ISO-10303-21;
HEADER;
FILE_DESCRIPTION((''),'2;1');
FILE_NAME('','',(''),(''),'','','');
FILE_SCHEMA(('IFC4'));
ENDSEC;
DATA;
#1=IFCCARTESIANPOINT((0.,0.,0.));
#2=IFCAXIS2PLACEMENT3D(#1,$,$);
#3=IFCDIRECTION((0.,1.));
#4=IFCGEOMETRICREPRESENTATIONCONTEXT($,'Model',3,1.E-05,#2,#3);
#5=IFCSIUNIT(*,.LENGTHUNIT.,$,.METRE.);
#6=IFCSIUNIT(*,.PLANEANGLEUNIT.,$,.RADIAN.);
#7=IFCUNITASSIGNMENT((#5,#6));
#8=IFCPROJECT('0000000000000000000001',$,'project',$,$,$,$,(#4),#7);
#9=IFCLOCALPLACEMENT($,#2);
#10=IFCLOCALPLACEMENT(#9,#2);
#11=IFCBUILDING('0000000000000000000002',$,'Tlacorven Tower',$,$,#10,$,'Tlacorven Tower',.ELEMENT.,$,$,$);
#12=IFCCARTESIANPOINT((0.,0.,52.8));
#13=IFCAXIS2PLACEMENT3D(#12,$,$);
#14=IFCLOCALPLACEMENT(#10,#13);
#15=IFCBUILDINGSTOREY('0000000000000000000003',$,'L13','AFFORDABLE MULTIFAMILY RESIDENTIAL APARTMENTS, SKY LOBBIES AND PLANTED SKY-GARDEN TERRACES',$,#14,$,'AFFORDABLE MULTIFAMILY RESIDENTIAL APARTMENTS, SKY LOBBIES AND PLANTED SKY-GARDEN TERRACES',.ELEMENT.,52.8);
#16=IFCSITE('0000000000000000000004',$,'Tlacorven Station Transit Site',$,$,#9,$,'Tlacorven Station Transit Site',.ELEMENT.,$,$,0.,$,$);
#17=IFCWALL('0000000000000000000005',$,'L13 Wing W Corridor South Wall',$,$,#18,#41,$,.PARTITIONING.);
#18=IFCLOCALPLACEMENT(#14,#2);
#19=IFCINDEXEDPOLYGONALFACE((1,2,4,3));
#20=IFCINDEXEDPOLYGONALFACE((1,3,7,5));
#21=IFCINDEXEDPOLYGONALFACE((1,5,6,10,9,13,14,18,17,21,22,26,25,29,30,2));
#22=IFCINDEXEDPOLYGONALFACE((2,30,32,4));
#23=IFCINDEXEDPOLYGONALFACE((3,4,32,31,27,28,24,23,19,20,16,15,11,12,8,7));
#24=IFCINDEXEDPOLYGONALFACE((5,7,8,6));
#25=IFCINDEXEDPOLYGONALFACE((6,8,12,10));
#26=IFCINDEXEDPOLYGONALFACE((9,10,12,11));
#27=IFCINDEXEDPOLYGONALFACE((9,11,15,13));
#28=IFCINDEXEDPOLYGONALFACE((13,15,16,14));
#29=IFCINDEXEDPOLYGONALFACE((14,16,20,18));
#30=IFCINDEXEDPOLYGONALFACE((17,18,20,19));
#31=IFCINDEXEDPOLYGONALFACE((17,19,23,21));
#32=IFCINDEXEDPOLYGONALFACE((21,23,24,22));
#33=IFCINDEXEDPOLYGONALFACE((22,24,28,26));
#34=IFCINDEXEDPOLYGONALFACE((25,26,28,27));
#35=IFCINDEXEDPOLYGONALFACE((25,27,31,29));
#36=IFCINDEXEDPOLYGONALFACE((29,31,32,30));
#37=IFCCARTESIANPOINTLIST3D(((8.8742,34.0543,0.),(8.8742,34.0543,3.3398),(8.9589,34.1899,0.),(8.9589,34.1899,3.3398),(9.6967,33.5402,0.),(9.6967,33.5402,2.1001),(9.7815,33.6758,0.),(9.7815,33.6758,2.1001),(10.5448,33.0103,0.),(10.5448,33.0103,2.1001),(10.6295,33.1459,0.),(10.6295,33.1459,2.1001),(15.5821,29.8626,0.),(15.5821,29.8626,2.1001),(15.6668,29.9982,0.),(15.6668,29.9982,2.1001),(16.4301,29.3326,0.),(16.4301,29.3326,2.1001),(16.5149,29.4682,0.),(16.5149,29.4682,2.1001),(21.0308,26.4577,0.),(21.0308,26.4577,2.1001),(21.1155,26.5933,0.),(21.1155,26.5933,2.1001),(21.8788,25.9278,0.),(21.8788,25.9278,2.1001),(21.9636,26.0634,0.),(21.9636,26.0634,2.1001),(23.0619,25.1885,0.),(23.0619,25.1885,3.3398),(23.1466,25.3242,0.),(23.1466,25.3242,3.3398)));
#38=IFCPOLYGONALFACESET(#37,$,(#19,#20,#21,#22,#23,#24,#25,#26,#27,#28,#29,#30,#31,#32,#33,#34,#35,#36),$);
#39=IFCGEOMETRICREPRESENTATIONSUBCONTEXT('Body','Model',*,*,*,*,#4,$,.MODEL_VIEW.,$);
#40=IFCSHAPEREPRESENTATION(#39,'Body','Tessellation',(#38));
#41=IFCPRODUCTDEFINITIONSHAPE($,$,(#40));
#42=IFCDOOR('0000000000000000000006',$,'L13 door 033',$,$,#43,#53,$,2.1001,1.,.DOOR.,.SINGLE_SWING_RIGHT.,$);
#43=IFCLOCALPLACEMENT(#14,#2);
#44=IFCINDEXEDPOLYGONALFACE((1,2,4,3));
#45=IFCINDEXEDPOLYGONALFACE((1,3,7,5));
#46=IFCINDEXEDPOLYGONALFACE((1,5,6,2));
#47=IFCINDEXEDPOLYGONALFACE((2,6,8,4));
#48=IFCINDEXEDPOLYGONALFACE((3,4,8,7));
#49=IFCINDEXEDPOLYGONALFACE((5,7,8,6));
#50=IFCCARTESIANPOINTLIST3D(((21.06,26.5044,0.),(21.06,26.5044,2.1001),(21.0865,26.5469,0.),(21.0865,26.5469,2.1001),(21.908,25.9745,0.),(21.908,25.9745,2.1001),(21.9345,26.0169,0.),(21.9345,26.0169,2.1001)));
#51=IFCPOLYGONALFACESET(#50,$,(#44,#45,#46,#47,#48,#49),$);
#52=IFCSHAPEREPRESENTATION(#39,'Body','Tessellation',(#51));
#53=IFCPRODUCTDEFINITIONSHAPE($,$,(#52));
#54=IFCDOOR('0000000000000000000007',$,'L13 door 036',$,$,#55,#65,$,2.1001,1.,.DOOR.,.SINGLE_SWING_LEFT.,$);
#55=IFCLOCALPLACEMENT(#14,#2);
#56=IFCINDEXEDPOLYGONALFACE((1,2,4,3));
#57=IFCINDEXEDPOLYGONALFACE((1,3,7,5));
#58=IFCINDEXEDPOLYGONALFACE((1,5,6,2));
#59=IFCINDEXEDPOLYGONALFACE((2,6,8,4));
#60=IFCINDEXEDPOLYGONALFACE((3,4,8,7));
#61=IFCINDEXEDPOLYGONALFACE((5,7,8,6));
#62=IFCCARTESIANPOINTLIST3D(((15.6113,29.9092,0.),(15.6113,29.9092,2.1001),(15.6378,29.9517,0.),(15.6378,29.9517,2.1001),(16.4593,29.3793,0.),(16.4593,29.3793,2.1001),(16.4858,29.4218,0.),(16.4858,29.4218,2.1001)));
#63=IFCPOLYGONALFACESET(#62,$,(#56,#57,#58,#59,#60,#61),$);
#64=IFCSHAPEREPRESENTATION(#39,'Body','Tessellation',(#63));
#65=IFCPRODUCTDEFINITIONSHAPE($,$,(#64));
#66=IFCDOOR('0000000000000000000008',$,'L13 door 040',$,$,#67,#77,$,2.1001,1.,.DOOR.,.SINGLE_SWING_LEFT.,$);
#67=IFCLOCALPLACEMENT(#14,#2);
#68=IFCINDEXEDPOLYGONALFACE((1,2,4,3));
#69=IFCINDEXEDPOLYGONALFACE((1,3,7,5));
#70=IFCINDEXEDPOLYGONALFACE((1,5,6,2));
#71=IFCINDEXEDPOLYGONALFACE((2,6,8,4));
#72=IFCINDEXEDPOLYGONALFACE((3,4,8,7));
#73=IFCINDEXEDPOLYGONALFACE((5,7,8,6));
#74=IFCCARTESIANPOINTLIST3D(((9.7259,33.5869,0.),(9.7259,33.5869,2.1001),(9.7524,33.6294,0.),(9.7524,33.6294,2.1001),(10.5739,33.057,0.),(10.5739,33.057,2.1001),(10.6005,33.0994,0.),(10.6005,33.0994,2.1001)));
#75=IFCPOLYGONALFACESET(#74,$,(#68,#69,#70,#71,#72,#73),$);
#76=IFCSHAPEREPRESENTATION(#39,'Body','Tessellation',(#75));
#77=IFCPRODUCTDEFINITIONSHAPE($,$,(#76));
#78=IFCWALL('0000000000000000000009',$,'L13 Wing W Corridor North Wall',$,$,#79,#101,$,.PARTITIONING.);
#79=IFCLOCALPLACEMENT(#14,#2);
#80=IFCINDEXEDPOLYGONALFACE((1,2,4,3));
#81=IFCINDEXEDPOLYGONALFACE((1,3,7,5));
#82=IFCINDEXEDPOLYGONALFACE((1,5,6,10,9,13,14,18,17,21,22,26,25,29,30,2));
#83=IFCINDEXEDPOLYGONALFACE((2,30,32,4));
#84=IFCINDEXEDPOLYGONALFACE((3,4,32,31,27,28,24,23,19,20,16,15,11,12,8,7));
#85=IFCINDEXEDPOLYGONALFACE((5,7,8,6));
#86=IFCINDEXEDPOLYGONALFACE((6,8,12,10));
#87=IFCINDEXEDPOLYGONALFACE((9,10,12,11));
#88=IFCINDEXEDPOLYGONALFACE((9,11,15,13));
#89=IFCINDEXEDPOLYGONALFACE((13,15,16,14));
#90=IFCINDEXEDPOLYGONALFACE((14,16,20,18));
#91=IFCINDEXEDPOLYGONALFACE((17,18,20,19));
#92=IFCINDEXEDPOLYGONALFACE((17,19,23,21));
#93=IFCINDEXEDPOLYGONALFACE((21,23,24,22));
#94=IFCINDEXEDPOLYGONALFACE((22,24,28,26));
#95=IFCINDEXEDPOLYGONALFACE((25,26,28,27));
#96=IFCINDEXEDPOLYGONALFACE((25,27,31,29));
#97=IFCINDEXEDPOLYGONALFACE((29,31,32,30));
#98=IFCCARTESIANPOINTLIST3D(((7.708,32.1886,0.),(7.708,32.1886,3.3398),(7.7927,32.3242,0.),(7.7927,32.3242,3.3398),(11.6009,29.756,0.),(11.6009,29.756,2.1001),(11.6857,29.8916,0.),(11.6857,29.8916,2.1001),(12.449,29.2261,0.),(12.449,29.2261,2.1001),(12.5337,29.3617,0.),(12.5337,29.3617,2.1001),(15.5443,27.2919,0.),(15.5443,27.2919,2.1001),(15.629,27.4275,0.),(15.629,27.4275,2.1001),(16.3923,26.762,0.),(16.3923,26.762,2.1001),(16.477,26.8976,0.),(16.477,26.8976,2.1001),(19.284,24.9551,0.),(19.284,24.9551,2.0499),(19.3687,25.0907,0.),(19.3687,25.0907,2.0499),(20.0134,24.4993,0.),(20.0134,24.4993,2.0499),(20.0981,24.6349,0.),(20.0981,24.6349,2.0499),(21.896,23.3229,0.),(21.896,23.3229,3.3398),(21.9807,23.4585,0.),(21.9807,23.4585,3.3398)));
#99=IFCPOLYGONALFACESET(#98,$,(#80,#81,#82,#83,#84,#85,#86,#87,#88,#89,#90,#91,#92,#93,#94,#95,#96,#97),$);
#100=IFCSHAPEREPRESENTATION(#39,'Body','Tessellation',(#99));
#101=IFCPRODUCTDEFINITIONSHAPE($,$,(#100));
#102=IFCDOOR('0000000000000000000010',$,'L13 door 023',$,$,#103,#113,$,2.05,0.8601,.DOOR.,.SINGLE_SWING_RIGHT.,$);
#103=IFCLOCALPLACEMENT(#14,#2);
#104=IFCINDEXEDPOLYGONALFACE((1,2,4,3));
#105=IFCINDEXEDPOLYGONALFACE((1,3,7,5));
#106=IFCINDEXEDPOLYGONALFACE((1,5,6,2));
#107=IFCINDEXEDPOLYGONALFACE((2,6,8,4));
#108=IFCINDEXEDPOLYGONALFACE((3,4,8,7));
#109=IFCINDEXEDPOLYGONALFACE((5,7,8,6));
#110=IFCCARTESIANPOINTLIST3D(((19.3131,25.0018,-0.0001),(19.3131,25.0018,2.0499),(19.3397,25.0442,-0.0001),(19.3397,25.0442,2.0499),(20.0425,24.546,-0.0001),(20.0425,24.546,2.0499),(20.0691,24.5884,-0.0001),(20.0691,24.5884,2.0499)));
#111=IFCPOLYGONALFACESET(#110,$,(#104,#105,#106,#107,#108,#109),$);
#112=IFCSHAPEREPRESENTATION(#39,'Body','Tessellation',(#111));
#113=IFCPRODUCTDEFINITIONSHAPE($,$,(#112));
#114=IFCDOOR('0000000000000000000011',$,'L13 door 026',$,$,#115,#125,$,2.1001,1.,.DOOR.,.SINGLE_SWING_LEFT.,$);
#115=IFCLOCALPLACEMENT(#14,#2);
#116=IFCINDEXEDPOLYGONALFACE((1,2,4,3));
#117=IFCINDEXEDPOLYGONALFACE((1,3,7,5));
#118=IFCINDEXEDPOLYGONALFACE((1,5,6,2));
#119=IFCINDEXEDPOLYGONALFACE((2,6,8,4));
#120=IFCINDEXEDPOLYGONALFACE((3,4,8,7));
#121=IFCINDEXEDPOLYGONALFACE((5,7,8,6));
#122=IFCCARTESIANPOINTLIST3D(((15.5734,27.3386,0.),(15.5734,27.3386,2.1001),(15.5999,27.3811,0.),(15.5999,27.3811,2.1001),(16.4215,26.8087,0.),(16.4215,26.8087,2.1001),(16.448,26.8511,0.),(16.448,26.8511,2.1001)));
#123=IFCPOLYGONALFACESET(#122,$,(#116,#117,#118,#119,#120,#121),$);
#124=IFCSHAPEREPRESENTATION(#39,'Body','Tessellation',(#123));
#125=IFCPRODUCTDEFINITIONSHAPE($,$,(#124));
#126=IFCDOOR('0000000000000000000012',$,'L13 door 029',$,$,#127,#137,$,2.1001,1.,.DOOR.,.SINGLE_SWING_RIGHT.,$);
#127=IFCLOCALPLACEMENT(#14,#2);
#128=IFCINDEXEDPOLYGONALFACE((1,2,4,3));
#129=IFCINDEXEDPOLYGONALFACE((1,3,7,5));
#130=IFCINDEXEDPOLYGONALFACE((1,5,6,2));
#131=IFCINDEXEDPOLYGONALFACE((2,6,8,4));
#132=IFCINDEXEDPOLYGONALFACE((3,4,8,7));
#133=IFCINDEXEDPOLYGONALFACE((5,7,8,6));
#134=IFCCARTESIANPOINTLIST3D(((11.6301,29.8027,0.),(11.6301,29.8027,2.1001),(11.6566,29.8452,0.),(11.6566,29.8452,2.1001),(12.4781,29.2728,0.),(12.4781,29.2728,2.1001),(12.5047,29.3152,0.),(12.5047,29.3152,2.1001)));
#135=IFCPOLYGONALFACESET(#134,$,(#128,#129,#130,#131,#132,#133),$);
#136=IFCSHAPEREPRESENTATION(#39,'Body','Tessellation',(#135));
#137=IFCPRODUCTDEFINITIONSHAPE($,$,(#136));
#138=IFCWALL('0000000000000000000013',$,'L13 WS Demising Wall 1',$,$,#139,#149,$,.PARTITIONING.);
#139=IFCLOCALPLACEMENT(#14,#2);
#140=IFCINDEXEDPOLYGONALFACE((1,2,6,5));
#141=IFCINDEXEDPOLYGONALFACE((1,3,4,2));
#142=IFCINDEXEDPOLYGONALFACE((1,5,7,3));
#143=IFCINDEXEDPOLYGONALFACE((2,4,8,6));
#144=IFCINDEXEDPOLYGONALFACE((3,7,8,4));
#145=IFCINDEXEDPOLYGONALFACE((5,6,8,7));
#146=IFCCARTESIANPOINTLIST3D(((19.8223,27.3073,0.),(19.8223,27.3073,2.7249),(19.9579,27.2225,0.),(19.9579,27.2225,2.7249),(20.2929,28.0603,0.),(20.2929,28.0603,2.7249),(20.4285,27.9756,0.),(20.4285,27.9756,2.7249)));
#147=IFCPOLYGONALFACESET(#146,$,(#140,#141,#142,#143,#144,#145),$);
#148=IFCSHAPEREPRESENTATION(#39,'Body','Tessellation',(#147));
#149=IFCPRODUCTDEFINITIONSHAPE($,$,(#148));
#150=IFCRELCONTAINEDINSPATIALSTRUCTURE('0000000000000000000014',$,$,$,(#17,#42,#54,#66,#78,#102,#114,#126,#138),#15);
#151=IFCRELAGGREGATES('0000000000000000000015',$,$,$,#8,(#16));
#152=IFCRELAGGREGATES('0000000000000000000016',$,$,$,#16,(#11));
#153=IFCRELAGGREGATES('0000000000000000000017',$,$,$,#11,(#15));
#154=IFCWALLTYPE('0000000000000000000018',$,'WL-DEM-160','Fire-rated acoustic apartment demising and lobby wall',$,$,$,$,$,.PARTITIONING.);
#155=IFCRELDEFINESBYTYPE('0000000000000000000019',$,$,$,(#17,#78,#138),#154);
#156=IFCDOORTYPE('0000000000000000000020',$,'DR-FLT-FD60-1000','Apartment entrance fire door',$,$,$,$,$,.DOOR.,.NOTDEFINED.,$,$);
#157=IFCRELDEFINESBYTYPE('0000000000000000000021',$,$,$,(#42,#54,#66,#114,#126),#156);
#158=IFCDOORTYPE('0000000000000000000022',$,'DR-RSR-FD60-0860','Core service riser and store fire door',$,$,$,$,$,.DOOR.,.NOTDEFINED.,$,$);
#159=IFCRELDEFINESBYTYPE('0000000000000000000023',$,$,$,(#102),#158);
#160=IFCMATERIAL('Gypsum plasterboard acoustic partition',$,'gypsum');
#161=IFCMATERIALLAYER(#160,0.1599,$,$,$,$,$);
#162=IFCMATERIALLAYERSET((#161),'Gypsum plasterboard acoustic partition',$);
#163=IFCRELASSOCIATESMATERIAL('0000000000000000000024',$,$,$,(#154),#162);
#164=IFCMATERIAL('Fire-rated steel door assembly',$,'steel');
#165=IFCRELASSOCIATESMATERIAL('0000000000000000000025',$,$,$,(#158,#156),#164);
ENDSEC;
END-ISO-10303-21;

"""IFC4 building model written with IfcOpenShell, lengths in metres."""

from ifc_helpers import new_model, si_unit, direction, frame, frame_2d, origin, place, context, subcontext, project, spatial, rectangle, extrude, source, transform, mapped, material, layer, layer_set, type_object, element, fill, save


model = new_model("IFC4")

# Units and contexts
model_context = context("Model", 3, precision=1e-05, world=origin(), true_north=direction((0.0, 1.0)))
body_context = subcontext(model_context, "Body", "Model", "MODEL_VIEW")
ifc_project = project(units=[si_unit("LENGTHUNIT", "METRE"), si_unit("PLANEANGLEUNIT", "RADIAN")], contexts=[model_context])

# Site, building, storey
site_placement = place(None, origin())
site = spatial("IfcSite", under=ifc_project, at=site_placement, Name="Tlacorven Station Transit Site", LongName="Tlacorven Station Transit Site", CompositionType="ELEMENT", RefElevation=0.0)
building_placement = place(site_placement, origin())
building = spatial("IfcBuilding", under=site, at=building_placement, Name="Tlacorven Tower", LongName="Tlacorven Tower", CompositionType="ELEMENT")
storey_placement = place(building_placement, frame((0.0, 0.0, 52.8)))
storey = spatial("IfcBuildingStorey", under=building, at=storey_placement, Name="L13", Description="AFFORDABLE MULTIFAMILY RESIDENTIAL APARTMENTS, SKY LOBBIES AND PLANTED SKY-GARDEN TERRACES", LongName="AFFORDABLE MULTIFAMILY RESIDENTIAL APARTMENTS, SKY LOBBIES AND PLANTED SKY-GARDEN TERRACES", CompositionType="ELEMENT", Elevation=52.8)

# Shared definitions
ifc_material_1 = material(Name="Gypsum plasterboard acoustic partition", Category="gypsum")
ifc_layer_1 = layer(ifc_material_1, 0.1599)
ifc_layer_set_1 = layer_set([ifc_layer_1], Name="Gypsum plasterboard acoustic partition")
wall_type_1 = type_object("IfcWallType", Name="WL-DEM-160", Description="Fire-rated acoustic apartment demising and lobby wall", PredefinedType="PARTITIONING", material=ifc_layer_set_1)
ifc_material_2 = material(Name="Fire-rated steel door assembly", Category="steel")
door_type_1 = type_object("IfcDoorType", Name="DR-RSR-FD60-0860", Description="Core service riser and store fire door", OperationType="NOTDEFINED", PredefinedType="DOOR", material=ifc_material_2)
shared_shape_1 = source(origin(), body_context, "Body", "SweptSolid", [
    extrude(rectangle(XDim=0.8601, YDim=2.05, at=frame_2d((0.4302, 1.0249))), frame((0.0, 0.0249, 0.0), z_axis=(0.0, -1.0, 0.0), x_axis=(1.0, 0.0, 0.0)), (0.0, 0.0, 1.0), 0.05),
])

# Walls, openings, doors
wall_1_placement = place(storey_placement, frame((23.1042, 25.2563, 0.0), z_axis=(0.0, 0.0, 1.0), x_axis=(-0.848042, 0.529929, 0.0)))
wall_1 = element("IfcWall", 1, at=wall_1_placement, inside=storey, type_object=wall_type_1, Name="L13 Wing W Corridor South Wall", PredefinedType="PARTITIONING", context=body_context, shape_type="SweptSolid", body=[
    extrude(rectangle(XDim=16.73, YDim=0.1599, at=frame_2d((8.365, 0.0))), origin(), (0.0, 0.0, 1.0), 3.3398),
])
opening_1_placement = place(wall_1_placement, frame((1.395, 0.0, 0.0)))
opening_1 = element("IfcOpeningElement", 2, at=opening_1_placement, cuts=wall_1, PredefinedType="OPENING", context=body_context, shape_type="SweptSolid", body=[
    extrude(rectangle(XDim=1.0, YDim=2.1001, at=frame_2d((0.5, 1.05))), frame((0.0, 0.0898, 0.0), z_axis=(0.0, -1.0, 0.0), x_axis=(1.0, 0.0, 0.0)), (0.0, 0.0, 1.0), 0.1799),
])
opening_2_placement = place(wall_1_placement, frame((7.8201, 0.0, 0.0)))
opening_2 = element("IfcOpeningElement", 3, at=opening_2_placement, cuts=wall_1, PredefinedType="OPENING", context=body_context, shape_type="SweptSolid", body=[
    extrude(rectangle(XDim=1.0, YDim=2.1001, at=frame_2d((0.5, 1.05))), frame((0.0, 0.0898, 0.0), z_axis=(0.0, -1.0, 0.0), x_axis=(1.0, 0.0, 0.0)), (0.0, 0.0, 1.0), 0.1799),
])
opening_3_placement = place(wall_1_placement, frame((14.76, 0.0, 0.0)))
opening_3 = element("IfcOpeningElement", 4, at=opening_3_placement, cuts=wall_1, PredefinedType="OPENING", context=body_context, shape_type="SweptSolid", body=[
    extrude(rectangle(XDim=1.0, YDim=2.1001, at=frame_2d((0.5, 1.05))), frame((0.0, 0.0898, 0.0), z_axis=(0.0, -1.0, 0.0), x_axis=(1.0, 0.0, 0.0)), (0.0, 0.0, 1.0), 0.1799),
])
door_type_2 = type_object("IfcDoorType", Name="DR-FLT-FD60-1000", Description="Apartment entrance fire door", OperationType="NOTDEFINED", PredefinedType="DOOR", material=ifc_material_2)
shared_shape_2 = source(origin(), body_context, "Body", "SweptSolid", [
    extrude(rectangle(XDim=1.0, YDim=2.1001, at=frame_2d((0.5, 1.05))), frame((0.0, 0.0249, 0.0), z_axis=(0.0, -1.0, 0.0), x_axis=(1.0, 0.0, 0.0)), (0.0, 0.0, 1.0), 0.05),
])
door_1_placement = place(opening_1_placement, origin())
door_1 = element("IfcDoor", 5, at=door_1_placement, inside=storey, type_object=door_type_2, Name="L13 door 033", OperationType="SINGLE_SWING_RIGHT", OverallHeight=2.1001, OverallWidth=1.0, PredefinedType="DOOR", context=body_context, shape_type="MappedRepresentation", body=[
    mapped(shared_shape_2, transform((0.0, 0.0, 0.0), scale=1.0)),
])
fill(opening_1, door_1)
door_2_placement = place(opening_2_placement, origin())
door_2 = element("IfcDoor", 6, at=door_2_placement, inside=storey, type_object=door_type_2, Name="L13 door 036", OperationType="SINGLE_SWING_LEFT", OverallHeight=2.1001, OverallWidth=1.0, PredefinedType="DOOR", context=body_context, shape_type="MappedRepresentation", body=[
    mapped(shared_shape_2, transform((0.0, 0.0, 0.0), scale=1.0)),
])
fill(opening_2, door_2)
door_3_placement = place(opening_3_placement, origin())
door_3 = element("IfcDoor", 7, at=door_3_placement, inside=storey, type_object=door_type_2, Name="L13 door 040", OperationType="SINGLE_SWING_LEFT", OverallHeight=2.1001, OverallWidth=1.0, PredefinedType="DOOR", context=body_context, shape_type="MappedRepresentation", body=[
    mapped(shared_shape_2, transform((0.0, 0.0, 0.0), scale=1.0)),
])
fill(opening_3, door_3)
wall_2_placement = place(storey_placement, frame((21.9385, 23.3906, 0.0), z_axis=(0.0, 0.0, 1.0), x_axis=(-0.848046, 0.529923, 0.0)))
wall_2 = element("IfcWall", 8, at=wall_2_placement, inside=storey, type_object=wall_type_1, Name="L13 Wing W Corridor North Wall", PredefinedType="PARTITIONING", context=body_context, shape_type="SweptSolid", body=[
    extrude(rectangle(XDim=16.7302, YDim=0.1599, at=frame_2d((8.3652, 0.0))), origin(), (0.0, 0.0, 1.0), 3.3398),
])
opening_4_placement = place(wall_2_placement, frame((2.22, 0.0, 0.0)))
opening_4 = element("IfcOpeningElement", 9, at=opening_4_placement, cuts=wall_2, PredefinedType="OPENING", context=body_context, shape_type="SweptSolid", body=[
    extrude(rectangle(XDim=0.8601, YDim=2.05, at=frame_2d((0.4302, 1.0249))), frame((0.0, 0.0898, 0.0), z_axis=(0.0, -1.0, 0.0), x_axis=(1.0, 0.0, 0.0)), (0.0, 0.0, 1.0), 0.1799),
])
opening_5_placement = place(wall_2_placement, frame((6.49, 0.0, 0.0)))
opening_5 = element("IfcOpeningElement", 10, at=opening_5_placement, cuts=wall_2, PredefinedType="OPENING", context=body_context, shape_type="SweptSolid", body=[
    extrude(rectangle(XDim=1.0, YDim=2.1001, at=frame_2d((0.5, 1.05))), frame((0.0, 0.0898, 0.0), z_axis=(0.0, -1.0, 0.0), x_axis=(1.0, 0.0, 0.0)), (0.0, 0.0, 1.0), 0.1799),
])
opening_6_placement = place(wall_2_placement, frame((11.1399, 0.0, 0.0)))
opening_6 = element("IfcOpeningElement", 11, at=opening_6_placement, cuts=wall_2, PredefinedType="OPENING", context=body_context, shape_type="SweptSolid", body=[
    extrude(rectangle(XDim=1.0, YDim=2.1001, at=frame_2d((0.5, 1.05))), frame((0.0, 0.0898, 0.0), z_axis=(0.0, -1.0, 0.0), x_axis=(1.0, 0.0, 0.0)), (0.0, 0.0, 1.0), 0.1799),
])
door_4_placement = place(opening_4_placement, origin())
door_4 = element("IfcDoor", 12, at=door_4_placement, inside=storey, type_object=door_type_1, Name="L13 door 023", OperationType="SINGLE_SWING_RIGHT", OverallHeight=2.05, OverallWidth=0.8601, PredefinedType="DOOR", context=body_context, shape_type="MappedRepresentation", body=[
    mapped(shared_shape_1, transform((0.0, 0.0, 0.0), scale=1.0)),
])
fill(opening_4, door_4)
door_5_placement = place(opening_5_placement, origin())
door_5 = element("IfcDoor", 13, at=door_5_placement, inside=storey, type_object=door_type_2, Name="L13 door 026", OperationType="SINGLE_SWING_LEFT", OverallHeight=2.1001, OverallWidth=1.0, PredefinedType="DOOR", context=body_context, shape_type="MappedRepresentation", body=[
    mapped(shared_shape_2, transform((0.0, 0.0, 0.0), scale=1.0)),
])
fill(opening_5, door_5)
door_6_placement = place(opening_6_placement, origin())
door_6 = element("IfcDoor", 14, at=door_6_placement, inside=storey, type_object=door_type_2, Name="L13 door 029", OperationType="SINGLE_SWING_RIGHT", OverallHeight=2.1001, OverallWidth=1.0, PredefinedType="DOOR", context=body_context, shape_type="MappedRepresentation", body=[
    mapped(shared_shape_2, transform((0.0, 0.0, 0.0), scale=1.0)),
])
fill(opening_6, door_6)

# Wall
wall_3_placement = place(storey_placement, frame((20.3606, 28.0178, 0.0), z_axis=(0.0, 0.0, 1.0), x_axis=(-0.5299, -0.84806, 0.0)))
element("IfcWall", 15, at=wall_3_placement, inside=storey, type_object=wall_type_1, Name="L13 WS Demising Wall 1", PredefinedType="PARTITIONING", context=body_context, shape_type="SweptSolid", body=[
    extrude(rectangle(XDim=0.8879, YDim=0.1599, at=frame_2d((0.4438, 0.0))), origin(), (0.0, 0.0, 1.0), 2.7249),
])

save(model, "model.ifc")
